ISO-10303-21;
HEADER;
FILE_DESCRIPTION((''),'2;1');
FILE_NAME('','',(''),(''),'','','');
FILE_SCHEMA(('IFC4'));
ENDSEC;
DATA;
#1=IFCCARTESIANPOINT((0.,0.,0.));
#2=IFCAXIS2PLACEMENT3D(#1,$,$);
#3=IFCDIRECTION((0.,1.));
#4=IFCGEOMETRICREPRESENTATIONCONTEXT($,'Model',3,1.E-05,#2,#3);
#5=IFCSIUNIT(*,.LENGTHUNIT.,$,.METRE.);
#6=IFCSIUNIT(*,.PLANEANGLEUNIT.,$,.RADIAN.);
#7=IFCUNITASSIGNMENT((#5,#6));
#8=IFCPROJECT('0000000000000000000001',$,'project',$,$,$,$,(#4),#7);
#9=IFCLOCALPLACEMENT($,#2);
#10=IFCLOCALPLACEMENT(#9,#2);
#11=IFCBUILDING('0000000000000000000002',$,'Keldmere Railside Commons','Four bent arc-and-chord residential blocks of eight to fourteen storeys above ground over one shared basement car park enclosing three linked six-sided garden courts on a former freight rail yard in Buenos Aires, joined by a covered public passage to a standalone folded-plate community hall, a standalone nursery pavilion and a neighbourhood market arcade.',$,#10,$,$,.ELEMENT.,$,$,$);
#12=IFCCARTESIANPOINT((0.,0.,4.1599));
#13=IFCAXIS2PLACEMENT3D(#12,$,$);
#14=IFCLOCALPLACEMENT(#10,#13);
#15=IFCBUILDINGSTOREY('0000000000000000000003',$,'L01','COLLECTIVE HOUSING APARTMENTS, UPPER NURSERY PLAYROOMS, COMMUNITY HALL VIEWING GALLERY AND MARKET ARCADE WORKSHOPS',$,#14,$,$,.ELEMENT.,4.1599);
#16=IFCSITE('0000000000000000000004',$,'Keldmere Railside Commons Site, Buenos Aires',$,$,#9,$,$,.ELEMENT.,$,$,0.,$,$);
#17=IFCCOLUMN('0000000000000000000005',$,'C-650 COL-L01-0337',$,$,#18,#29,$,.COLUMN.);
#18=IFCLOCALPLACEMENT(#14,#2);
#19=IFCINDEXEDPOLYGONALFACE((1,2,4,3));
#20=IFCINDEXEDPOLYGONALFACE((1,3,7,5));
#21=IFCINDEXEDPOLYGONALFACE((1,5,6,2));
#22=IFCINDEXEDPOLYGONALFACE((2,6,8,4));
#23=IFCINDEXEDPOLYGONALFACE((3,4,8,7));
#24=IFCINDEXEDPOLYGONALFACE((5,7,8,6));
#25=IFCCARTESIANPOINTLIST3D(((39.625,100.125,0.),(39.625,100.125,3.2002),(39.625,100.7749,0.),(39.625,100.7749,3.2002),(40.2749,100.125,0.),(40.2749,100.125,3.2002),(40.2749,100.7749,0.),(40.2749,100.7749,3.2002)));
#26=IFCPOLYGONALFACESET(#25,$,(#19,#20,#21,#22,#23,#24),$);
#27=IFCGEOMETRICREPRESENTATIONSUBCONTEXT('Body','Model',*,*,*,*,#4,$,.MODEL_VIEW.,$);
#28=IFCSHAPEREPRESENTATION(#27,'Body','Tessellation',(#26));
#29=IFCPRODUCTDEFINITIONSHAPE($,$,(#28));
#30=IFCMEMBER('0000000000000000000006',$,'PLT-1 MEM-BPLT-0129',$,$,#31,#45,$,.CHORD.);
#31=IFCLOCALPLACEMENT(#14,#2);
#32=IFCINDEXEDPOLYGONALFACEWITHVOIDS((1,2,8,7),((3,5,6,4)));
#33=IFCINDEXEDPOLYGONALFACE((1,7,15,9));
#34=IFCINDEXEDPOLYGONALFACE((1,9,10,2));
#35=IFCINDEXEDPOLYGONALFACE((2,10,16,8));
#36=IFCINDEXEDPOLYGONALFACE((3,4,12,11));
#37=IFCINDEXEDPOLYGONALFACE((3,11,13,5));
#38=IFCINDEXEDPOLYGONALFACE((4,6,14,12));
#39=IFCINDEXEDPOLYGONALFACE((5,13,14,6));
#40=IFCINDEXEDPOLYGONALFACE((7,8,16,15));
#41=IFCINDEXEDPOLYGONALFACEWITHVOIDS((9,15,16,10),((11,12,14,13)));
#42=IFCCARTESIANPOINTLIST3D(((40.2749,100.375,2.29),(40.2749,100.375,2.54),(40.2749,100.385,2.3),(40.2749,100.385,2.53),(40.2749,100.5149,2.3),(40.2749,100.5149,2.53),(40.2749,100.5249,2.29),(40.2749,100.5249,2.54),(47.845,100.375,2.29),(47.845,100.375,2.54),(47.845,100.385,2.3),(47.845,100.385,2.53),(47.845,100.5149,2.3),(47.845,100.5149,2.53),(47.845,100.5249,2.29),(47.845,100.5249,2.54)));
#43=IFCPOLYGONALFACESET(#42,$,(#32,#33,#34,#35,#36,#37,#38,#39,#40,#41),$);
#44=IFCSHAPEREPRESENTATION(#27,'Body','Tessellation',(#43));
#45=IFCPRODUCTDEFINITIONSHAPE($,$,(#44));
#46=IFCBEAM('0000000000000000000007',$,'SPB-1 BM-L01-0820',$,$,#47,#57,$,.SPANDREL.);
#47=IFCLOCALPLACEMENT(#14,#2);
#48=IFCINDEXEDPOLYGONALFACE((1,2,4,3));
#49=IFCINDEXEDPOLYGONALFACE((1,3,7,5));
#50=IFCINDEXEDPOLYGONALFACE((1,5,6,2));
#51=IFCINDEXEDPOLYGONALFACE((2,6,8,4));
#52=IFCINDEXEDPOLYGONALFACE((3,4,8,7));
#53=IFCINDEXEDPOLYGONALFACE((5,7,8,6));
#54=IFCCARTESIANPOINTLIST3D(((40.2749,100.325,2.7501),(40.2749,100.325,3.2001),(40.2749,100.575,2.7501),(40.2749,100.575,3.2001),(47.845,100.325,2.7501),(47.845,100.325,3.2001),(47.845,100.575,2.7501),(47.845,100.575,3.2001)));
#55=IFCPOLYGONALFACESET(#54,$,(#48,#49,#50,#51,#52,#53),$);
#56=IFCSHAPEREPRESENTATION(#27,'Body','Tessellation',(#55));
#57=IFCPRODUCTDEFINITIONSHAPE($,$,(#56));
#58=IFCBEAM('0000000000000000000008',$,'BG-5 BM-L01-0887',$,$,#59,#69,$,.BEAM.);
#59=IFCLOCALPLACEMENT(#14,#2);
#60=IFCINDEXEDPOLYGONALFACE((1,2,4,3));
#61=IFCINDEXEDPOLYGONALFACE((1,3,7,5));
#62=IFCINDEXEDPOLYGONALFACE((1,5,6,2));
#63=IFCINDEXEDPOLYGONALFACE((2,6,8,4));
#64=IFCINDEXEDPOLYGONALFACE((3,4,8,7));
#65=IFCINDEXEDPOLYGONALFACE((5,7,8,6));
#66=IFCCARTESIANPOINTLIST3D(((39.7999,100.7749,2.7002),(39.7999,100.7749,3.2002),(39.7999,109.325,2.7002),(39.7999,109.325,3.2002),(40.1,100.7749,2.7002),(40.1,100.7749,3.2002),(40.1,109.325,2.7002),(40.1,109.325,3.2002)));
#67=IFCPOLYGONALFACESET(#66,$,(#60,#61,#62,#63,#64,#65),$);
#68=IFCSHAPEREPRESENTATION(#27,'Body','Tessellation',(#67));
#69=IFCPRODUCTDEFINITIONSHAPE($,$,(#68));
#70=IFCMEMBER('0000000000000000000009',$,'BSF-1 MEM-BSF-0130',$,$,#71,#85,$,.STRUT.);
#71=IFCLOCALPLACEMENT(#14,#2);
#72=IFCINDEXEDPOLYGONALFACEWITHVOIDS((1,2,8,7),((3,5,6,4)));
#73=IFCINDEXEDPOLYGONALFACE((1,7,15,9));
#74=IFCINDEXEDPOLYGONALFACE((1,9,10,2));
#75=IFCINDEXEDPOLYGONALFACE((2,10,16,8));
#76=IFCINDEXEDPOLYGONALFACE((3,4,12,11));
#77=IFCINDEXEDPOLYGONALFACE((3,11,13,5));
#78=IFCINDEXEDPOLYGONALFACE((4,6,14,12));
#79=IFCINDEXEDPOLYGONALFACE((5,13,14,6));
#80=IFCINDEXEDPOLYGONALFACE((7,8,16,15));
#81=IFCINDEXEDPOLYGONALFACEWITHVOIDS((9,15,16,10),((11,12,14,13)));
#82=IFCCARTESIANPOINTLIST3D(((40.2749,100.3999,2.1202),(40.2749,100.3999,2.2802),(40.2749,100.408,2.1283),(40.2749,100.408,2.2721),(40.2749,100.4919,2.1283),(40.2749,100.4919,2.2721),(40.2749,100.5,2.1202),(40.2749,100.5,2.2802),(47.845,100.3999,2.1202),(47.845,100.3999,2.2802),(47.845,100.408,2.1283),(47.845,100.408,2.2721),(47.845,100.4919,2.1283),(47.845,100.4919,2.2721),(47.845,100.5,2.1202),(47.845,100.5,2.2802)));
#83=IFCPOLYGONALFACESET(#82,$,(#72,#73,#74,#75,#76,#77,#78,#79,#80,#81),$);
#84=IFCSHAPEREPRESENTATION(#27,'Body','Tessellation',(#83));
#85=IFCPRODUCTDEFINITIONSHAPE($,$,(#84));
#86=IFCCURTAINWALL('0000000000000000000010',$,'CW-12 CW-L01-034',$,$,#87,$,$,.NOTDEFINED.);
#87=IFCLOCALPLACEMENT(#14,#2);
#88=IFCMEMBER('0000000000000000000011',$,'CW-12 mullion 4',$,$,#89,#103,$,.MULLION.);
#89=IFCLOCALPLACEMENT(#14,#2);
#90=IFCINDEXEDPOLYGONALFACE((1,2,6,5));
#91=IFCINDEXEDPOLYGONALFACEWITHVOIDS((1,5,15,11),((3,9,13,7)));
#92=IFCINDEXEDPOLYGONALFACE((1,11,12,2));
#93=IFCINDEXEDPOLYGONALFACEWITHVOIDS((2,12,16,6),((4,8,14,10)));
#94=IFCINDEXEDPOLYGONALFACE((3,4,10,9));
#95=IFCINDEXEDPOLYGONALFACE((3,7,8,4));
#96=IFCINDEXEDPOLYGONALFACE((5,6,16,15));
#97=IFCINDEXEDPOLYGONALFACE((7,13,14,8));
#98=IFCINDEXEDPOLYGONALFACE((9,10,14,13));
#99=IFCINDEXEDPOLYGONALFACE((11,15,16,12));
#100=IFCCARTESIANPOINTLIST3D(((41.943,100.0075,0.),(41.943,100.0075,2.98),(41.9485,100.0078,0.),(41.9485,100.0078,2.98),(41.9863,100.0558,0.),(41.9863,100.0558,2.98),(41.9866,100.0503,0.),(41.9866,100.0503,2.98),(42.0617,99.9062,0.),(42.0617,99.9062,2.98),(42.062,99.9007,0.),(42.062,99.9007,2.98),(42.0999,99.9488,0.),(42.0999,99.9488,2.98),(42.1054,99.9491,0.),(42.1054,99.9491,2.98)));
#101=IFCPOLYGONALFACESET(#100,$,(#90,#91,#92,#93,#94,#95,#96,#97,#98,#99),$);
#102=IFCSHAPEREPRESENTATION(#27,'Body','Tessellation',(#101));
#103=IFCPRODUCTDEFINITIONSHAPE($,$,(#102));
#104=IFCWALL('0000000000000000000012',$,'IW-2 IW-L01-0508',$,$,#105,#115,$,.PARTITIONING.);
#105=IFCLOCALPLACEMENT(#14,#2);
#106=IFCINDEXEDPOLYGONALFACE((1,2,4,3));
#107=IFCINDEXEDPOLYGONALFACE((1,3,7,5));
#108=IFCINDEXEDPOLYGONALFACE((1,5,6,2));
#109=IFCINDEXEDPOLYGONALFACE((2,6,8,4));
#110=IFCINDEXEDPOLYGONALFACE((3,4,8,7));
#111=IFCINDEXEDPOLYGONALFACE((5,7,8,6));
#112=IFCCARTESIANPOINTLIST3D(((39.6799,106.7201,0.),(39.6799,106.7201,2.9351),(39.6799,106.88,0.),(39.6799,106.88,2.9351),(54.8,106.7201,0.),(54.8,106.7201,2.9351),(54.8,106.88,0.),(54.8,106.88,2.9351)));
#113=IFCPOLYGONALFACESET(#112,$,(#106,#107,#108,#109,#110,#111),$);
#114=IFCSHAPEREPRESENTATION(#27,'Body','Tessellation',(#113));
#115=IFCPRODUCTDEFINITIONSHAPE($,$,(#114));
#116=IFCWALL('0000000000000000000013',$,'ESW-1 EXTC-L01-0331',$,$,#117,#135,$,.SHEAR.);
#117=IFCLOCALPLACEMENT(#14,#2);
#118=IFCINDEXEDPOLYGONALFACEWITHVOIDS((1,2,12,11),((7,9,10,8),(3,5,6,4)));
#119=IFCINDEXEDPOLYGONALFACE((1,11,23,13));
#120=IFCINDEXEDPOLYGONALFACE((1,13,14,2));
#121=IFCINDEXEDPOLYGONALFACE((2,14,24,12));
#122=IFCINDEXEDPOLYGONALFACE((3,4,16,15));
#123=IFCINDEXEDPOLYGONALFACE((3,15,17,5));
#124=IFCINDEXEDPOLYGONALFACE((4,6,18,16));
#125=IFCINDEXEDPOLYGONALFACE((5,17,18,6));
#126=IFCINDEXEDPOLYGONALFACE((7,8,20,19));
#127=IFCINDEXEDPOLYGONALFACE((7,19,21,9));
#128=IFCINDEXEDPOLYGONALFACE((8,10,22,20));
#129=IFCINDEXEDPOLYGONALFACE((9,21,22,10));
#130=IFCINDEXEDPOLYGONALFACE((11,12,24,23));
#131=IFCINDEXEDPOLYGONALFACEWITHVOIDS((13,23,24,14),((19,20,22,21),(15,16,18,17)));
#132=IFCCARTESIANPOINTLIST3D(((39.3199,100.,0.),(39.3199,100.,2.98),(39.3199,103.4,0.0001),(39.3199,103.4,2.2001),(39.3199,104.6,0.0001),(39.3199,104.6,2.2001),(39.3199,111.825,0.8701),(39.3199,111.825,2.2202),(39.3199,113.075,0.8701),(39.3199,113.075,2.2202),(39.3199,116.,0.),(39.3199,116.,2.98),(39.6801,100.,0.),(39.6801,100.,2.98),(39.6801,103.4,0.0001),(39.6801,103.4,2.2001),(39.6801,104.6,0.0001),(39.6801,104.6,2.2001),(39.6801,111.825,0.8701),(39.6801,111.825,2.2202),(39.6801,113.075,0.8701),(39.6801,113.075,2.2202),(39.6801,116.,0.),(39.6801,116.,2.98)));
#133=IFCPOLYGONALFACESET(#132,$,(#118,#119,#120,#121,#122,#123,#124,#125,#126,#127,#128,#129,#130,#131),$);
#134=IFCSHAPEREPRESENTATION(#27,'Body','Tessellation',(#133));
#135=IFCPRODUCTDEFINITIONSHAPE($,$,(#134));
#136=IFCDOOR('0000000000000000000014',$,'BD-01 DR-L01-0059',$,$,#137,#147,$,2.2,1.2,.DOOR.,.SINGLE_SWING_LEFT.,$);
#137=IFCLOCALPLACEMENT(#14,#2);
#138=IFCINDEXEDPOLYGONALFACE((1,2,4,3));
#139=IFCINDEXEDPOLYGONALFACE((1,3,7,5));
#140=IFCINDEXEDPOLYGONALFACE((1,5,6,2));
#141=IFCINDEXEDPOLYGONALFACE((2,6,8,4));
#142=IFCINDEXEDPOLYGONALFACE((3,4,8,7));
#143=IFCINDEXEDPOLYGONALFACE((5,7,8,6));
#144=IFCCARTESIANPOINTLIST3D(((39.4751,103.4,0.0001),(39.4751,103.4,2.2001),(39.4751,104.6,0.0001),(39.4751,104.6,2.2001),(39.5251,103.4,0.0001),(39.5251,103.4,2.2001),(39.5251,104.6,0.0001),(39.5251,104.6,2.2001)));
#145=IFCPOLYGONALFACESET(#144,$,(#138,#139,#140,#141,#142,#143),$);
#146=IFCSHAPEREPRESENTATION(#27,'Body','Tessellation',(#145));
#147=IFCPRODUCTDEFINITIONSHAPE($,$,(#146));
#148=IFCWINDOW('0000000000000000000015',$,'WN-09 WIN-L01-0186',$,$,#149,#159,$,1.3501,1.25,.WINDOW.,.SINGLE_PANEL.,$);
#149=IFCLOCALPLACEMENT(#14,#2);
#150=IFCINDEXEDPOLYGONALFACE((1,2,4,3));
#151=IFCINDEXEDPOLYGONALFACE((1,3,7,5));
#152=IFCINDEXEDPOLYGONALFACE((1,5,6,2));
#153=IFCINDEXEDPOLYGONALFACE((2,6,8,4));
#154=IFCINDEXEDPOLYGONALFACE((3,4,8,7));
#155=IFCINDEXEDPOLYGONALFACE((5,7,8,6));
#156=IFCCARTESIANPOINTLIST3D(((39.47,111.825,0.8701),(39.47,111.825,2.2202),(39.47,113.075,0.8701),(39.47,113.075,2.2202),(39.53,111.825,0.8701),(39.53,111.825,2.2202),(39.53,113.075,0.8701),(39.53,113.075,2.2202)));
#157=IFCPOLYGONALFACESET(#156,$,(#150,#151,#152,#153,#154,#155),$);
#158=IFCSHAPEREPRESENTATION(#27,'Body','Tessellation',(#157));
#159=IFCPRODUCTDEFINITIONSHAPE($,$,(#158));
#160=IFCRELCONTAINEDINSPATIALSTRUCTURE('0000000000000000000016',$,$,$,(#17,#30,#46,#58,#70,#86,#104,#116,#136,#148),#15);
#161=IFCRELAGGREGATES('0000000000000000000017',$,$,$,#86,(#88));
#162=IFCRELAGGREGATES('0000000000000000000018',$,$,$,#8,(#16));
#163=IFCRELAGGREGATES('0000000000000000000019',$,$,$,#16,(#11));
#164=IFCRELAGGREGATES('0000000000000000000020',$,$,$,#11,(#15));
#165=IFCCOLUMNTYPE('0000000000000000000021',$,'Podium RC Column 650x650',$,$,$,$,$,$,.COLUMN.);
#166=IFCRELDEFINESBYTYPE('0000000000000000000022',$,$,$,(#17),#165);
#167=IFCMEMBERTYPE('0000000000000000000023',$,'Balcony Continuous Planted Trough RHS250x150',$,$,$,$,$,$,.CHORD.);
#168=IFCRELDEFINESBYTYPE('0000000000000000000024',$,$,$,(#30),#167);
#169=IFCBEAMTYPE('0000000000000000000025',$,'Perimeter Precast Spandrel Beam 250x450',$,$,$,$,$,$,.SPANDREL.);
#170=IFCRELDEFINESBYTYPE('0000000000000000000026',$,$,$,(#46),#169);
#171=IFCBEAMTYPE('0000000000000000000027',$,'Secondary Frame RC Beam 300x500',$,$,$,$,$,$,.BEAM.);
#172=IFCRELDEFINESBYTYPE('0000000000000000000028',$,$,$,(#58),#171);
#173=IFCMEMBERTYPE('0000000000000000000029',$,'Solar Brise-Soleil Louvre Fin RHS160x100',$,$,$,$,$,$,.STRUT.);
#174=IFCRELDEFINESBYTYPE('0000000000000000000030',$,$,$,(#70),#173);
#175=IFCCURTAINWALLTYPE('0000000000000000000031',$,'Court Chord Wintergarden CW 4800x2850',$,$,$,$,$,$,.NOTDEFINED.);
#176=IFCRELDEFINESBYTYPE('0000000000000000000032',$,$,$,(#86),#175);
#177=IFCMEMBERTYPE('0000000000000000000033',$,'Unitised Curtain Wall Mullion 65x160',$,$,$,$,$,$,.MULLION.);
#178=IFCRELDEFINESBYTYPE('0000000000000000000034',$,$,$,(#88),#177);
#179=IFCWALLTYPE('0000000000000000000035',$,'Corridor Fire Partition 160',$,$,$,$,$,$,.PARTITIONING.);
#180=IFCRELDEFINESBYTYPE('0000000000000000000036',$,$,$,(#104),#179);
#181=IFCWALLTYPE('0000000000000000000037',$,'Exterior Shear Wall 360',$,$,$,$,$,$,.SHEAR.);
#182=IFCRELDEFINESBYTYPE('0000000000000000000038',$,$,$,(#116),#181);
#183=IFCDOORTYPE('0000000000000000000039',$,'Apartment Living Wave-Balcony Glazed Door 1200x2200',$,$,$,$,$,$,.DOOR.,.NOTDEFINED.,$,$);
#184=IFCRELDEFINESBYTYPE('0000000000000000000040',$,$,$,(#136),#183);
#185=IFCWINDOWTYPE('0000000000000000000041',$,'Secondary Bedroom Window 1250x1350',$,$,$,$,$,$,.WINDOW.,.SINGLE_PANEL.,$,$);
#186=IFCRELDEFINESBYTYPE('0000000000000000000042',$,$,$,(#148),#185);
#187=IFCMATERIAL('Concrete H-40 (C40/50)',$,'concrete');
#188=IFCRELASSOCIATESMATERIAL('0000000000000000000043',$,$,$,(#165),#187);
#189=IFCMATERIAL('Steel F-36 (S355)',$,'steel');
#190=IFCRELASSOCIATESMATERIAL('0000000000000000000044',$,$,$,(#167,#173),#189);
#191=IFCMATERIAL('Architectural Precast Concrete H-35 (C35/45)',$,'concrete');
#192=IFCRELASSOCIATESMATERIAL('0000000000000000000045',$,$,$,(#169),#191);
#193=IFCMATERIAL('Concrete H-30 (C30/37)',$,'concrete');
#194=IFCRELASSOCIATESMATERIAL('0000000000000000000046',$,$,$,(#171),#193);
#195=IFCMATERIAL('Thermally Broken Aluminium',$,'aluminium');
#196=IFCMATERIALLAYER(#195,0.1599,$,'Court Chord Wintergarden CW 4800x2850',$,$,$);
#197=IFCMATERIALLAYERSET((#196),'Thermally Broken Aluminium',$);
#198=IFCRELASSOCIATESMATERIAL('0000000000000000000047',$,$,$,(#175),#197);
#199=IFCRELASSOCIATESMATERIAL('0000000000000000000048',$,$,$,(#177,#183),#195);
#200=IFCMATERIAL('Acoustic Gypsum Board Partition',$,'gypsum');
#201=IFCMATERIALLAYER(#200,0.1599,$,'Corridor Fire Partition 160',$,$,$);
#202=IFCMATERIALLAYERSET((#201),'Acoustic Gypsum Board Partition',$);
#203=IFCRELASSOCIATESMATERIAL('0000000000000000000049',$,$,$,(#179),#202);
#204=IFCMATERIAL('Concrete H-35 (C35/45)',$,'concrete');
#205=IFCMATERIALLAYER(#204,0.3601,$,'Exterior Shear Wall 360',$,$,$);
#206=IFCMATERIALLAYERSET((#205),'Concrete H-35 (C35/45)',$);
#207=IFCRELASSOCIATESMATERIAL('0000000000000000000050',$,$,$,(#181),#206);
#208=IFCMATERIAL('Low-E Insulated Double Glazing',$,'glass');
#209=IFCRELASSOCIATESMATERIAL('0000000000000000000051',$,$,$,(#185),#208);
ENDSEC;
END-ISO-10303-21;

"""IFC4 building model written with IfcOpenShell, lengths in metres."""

from ifc_helpers import new_model, si_unit, direction, frame, frame_2d, origin, origin_2d, place, context, subcontext, project, spatial, rectangle, hollow_rectangle, extrude, material, layer, layer_set, material_profile, profile_set, type_object, element, fill, aggregate, save


model = new_model("IFC4")

# Units and contexts
model_context = context("Model", 3, precision=1e-05, world=origin(), true_north=direction((0.0, 1.0)))
body_context = subcontext(model_context, "Body", "Model", "MODEL_VIEW")
ifc_project = project(units=[si_unit("LENGTHUNIT", "METRE"), si_unit("PLANEANGLEUNIT", "RADIAN")], contexts=[model_context])

# Site, building, storey
site_placement = place(None, origin())
site = spatial("IfcSite", under=ifc_project, at=site_placement, Name="Keldmere Railside Commons Site, Buenos Aires", CompositionType="ELEMENT", RefElevation=0.0)
building_placement = place(site_placement, origin())
building = spatial("IfcBuilding", under=site, at=building_placement, Name="Keldmere Railside Commons", Description="Four bent arc-and-chord residential blocks of eight to fourteen storeys above ground over one shared basement car park enclosing three linked six-sided garden courts on a former freight rail yard in Buenos Aires, joined by a covered public passage to a standalone folded-plate community hall, a standalone nursery pavilion and a neighbourhood market arcade.", CompositionType="ELEMENT")
storey_placement = place(building_placement, frame((0.0, 0.0, 4.1599)))
storey = spatial("IfcBuildingStorey", under=building, at=storey_placement, Name="L01", Description="COLLECTIVE HOUSING APARTMENTS, UPPER NURSERY PLAYROOMS, COMMUNITY HALL VIEWING GALLERY AND MARKET ARCADE WORKSHOPS", CompositionType="ELEMENT", Elevation=4.1599)

# Column
ifc_material_1 = material(Name="Concrete H-40 (C40/50)", Category="concrete")
ifc_material_profile_1 = material_profile(ifc_material_1, rectangle(XDim=0.6499, YDim=0.6499, at=origin_2d()), Name="RC-650x650")
ifc_profile_set_1 = profile_set([ifc_material_profile_1], Name="Concrete H-40 (C40/50)")
column_type = type_object("IfcColumnType", Name="Podium RC Column 650x650", PredefinedType="COLUMN", material=ifc_profile_set_1)
column_placement = place(storey_placement, frame((39.95, 100.45, 0.0), z_axis=(0.0, 0.0, 1.0), x_axis=(1.0, 0.0, 0.0)))
element("IfcColumn", 1, at=column_placement, inside=storey, type_object=column_type, Name="C-650 COL-L01-0337", PredefinedType="COLUMN", context=body_context, shape_type="SweptSolid", body=[
    extrude(rectangle(XDim=0.6499, YDim=0.6499, at=origin_2d()), origin(), (0.0, 0.0, 1.0), 3.2002),
])

# Member
ifc_material_2 = material(Name="Steel F-36 (S355)", Category="steel")
ifc_material_profile_2 = material_profile(ifc_material_2, hollow_rectangle(XDim=0.1499, YDim=0.25, WallThickness=0.01, at=origin_2d()), Name="RHS-250x150x10")
ifc_profile_set_2 = profile_set([ifc_material_profile_2], Name="Steel F-36 (S355)")
member_type_1 = type_object("IfcMemberType", Name="Balcony Continuous Planted Trough RHS250x150", PredefinedType="CHORD", material=ifc_profile_set_2)
member_1_placement = place(storey_placement, frame((40.2749, 100.45, 2.415), z_axis=(1.0, 0.0, 0.0), x_axis=(0.0, 1.0, 0.0)))
element("IfcMember", 2, at=member_1_placement, inside=storey, type_object=member_type_1, Name="PLT-1 MEM-BPLT-0129", PredefinedType="CHORD", context=body_context, shape_type="SweptSolid", body=[
    extrude(hollow_rectangle(XDim=0.1499, YDim=0.25, WallThickness=0.01, at=origin_2d()), origin(), (0.0, 0.0, 1.0), 7.5701),
])

# Beams
ifc_material_3 = material(Name="Architectural Precast Concrete H-35 (C35/45)", Category="concrete")
ifc_material_profile_3 = material_profile(ifc_material_3, rectangle(XDim=0.25, YDim=0.45, at=origin_2d()), Name="RC-250x450")
ifc_profile_set_3 = profile_set([ifc_material_profile_3], Name="Architectural Precast Concrete H-35 (C35/45)")
beam_type_1 = type_object("IfcBeamType", Name="Perimeter Precast Spandrel Beam 250x450", PredefinedType="SPANDREL", material=ifc_profile_set_3)
beam_1_placement = place(storey_placement, frame((40.2749, 100.45, 2.9751), z_axis=(1.0, 0.0, 0.0), x_axis=(0.0, 1.0, 0.0)))
element("IfcBeam", 3, at=beam_1_placement, inside=storey, type_object=beam_type_1, Name="SPB-1 BM-L01-0820", PredefinedType="SPANDREL", context=body_context, shape_type="SweptSolid", body=[
    extrude(rectangle(XDim=0.25, YDim=0.45, at=origin_2d()), origin(), (0.0, 0.0, 1.0), 7.5701),
])
ifc_material_4 = material(Name="Concrete H-30 (C30/37)", Category="concrete")
ifc_material_profile_4 = material_profile(ifc_material_4, rectangle(XDim=0.3, YDim=0.5, at=origin_2d()), Name="RC-300x500")
ifc_profile_set_4 = profile_set([ifc_material_profile_4], Name="Concrete H-30 (C30/37)")
beam_type_2 = type_object("IfcBeamType", Name="Secondary Frame RC Beam 300x500", PredefinedType="BEAM", material=ifc_profile_set_4)
beam_2_placement = place(storey_placement, frame((39.95, 100.7749, 2.9502), z_axis=(0.0, 1.0, 0.0), x_axis=(-1.0, 0.0, 0.0)))
element("IfcBeam", 4, at=beam_2_placement, inside=storey, type_object=beam_type_2, Name="BG-5 BM-L01-0887", PredefinedType="BEAM", context=body_context, shape_type="SweptSolid", body=[
    extrude(rectangle(XDim=0.3, YDim=0.5, at=origin_2d()), origin(), (0.0, 0.0, 1.0), 8.55),
])

# Member
ifc_material_profile_5 = material_profile(ifc_material_2, hollow_rectangle(XDim=0.1001, YDim=0.1599, WallThickness=0.0081, at=origin_2d()), Name="RHS-160x100x8")
ifc_profile_set_5 = profile_set([ifc_material_profile_5], Name="Steel F-36 (S355)")
member_type_2 = type_object("IfcMemberType", Name="Solar Brise-Soleil Louvre Fin RHS160x100", PredefinedType="STRUT", material=ifc_profile_set_5)
member_2_placement = place(storey_placement, frame((40.2749, 100.45, 2.2002), z_axis=(1.0, 0.0, 0.0), x_axis=(0.0, 1.0, 0.0)))
element("IfcMember", 5, at=member_2_placement, inside=storey, type_object=member_type_2, Name="BSF-1 MEM-BSF-0130", PredefinedType="STRUT", context=body_context, shape_type="SweptSolid", body=[
    extrude(hollow_rectangle(XDim=0.1001, YDim=0.1599, WallThickness=0.0081, at=origin_2d()), origin(), (0.0, 0.0, 1.0), 7.5701),
])

# Curtain wall, member
ifc_material_5 = material(Name="Thermally Broken Aluminium", Category="aluminium")
ifc_layer_1 = layer(ifc_material_5, 0.1599, Name="Court Chord Wintergarden CW 4800x2850")
ifc_layer_set_1 = layer_set([ifc_layer_1], Name="Thermally Broken Aluminium")
curtain_wall_type = type_object("IfcCurtainWallType", Name="Court Chord Wintergarden CW 4800x2850", PredefinedType="NOTDEFINED", material=ifc_layer_set_1)
curtain_wall_placement = place(storey_placement, origin())
curtain_wall = element("IfcCurtainWall", 6, at=curtain_wall_placement, inside=storey, type_object=curtain_wall_type, Name="CW-12 CW-L01-034", PredefinedType="NOTDEFINED")
ifc_material_profile_6 = material_profile(ifc_material_5, hollow_rectangle(XDim=0.0649, YDim=0.1599, WallThickness=0.0039, at=origin_2d()), Name="ALU-MULL-65x160")
ifc_profile_set_6 = profile_set([ifc_material_profile_6], Name="Thermally Broken Aluminium")
member_type_3 = type_object("IfcMemberType", Name="Unitised Curtain Wall Mullion 65x160", PredefinedType="MULLION", material=ifc_profile_set_6)
member_3_placement = place(storey_placement, frame((42.0242, 99.9783, 0.0), z_axis=(0.0, 0.0, 1.0), x_axis=(-0.667559, -0.744557, 0.0)))
member_3 = element("IfcMember", 7, at=member_3_placement, type_object=member_type_3, Name="CW-12 mullion 4", PredefinedType="MULLION", context=body_context, shape_type="SweptSolid", body=[
    extrude(hollow_rectangle(XDim=0.0649, YDim=0.1599, WallThickness=0.0039, at=origin_2d()), origin(), (0.0, 0.0, 1.0), 2.98),
])
aggregate(curtain_wall, [member_3])

# Wall
ifc_material_6 = material(Name="Acoustic Gypsum Board Partition", Category="gypsum")
ifc_layer_2 = layer(ifc_material_6, 0.1599, Name="Corridor Fire Partition 160")
ifc_layer_set_2 = layer_set([ifc_layer_2], Name="Acoustic Gypsum Board Partition")
wall_type_1 = type_object("IfcWallType", Name="Corridor Fire Partition 160", PredefinedType="PARTITIONING", material=ifc_layer_set_2)
wall_1_placement = place(storey_placement, frame((39.6799, 106.8, 0.0), z_axis=(0.0, 0.0, 1.0), x_axis=(1.0, 0.0, 0.0)))
element("IfcWall", 8, at=wall_1_placement, inside=storey, type_object=wall_type_1, Name="IW-2 IW-L01-0508", PredefinedType="PARTITIONING", context=body_context, shape_type="SweptSolid", body=[
    extrude(rectangle(XDim=15.1201, YDim=0.1599, at=frame_2d((7.5601, 0.0))), origin(), (0.0, 0.0, 1.0), 2.9351),
])

# Wall, openings, door, window
ifc_material_7 = material(Name="Concrete H-35 (C35/45)", Category="concrete")
ifc_layer_3 = layer(ifc_material_7, 0.3601, Name="Exterior Shear Wall 360")
ifc_layer_set_3 = layer_set([ifc_layer_3], Name="Concrete H-35 (C35/45)")
wall_type_2 = type_object("IfcWallType", Name="Exterior Shear Wall 360", PredefinedType="SHEAR", material=ifc_layer_set_3)
wall_2_placement = place(storey_placement, frame((39.5, 100.0, 0.0), z_axis=(0.0, 0.0, 1.0), x_axis=(0.0, 1.0, 0.0)))
wall_2 = element("IfcWall", 9, at=wall_2_placement, inside=storey, type_object=wall_type_2, Name="ESW-1 EXTC-L01-0331", PredefinedType="SHEAR", context=body_context, shape_type="SweptSolid", body=[
    extrude(rectangle(XDim=16.0, YDim=0.3601, at=frame_2d((8.0, 0.0))), origin(), (0.0, 0.0, 1.0), 2.98),
])
opening_1_placement = place(wall_2_placement, frame((3.3999, 0.0, 0.0)))
opening_1 = element("IfcOpeningElement", 10, at=opening_1_placement, cuts=wall_2, PredefinedType="OPENING", context=body_context, shape_type="SweptSolid", body=[
    extrude(rectangle(XDim=1.2, YDim=2.2, at=frame_2d((0.6001, 1.1001))), frame((0.0, 0.1899, 0.0), z_axis=(0.0, -1.0, 0.0), x_axis=(1.0, 0.0, 0.0)), (0.0, 0.0, 1.0), 0.3801),
])
opening_2_placement = place(wall_2_placement, frame((11.825, 0.0, 0.8701)))
opening_2 = element("IfcOpeningElement", 11, at=opening_2_placement, cuts=wall_2, PredefinedType="OPENING", context=body_context, shape_type="SweptSolid", body=[
    extrude(rectangle(XDim=1.25, YDim=1.3501, at=frame_2d((0.625, 0.675))), frame((0.0, 0.1899, 0.0), z_axis=(0.0, -1.0, 0.0), x_axis=(1.0, 0.0, 0.0)), (0.0, 0.0, 1.0), 0.3801),
])
door_type = type_object("IfcDoorType", Name="Apartment Living Wave-Balcony Glazed Door 1200x2200", OperationType="NOTDEFINED", PredefinedType="DOOR", material=ifc_material_5)
door_placement = place(opening_1_placement, origin())
door = element("IfcDoor", 12, at=door_placement, inside=storey, type_object=door_type, Name="BD-01 DR-L01-0059", OperationType="SINGLE_SWING_LEFT", OverallHeight=2.2, OverallWidth=1.2, PredefinedType="DOOR", context=body_context, shape_type="SweptSolid", body=[
    extrude(rectangle(XDim=1.2, YDim=2.2, at=frame_2d((0.6001, 1.1001))), frame((0.0, 0.0249, 0.0), z_axis=(0.0, -1.0, 0.0), x_axis=(1.0, 0.0, 0.0)), (0.0, 0.0, 1.0), 0.05),
])
fill(opening_1, door)
ifc_material_8 = material(Name="Low-E Insulated Double Glazing", Category="glass")
window_type_1 = type_object("IfcWindowType", Name="Secondary Bedroom Window 1250x1350", PartitioningType="SINGLE_PANEL", PredefinedType="WINDOW", material=ifc_material_8)
window_1_placement = place(opening_2_placement, origin())
window_1 = element("IfcWindow", 13, at=window_1_placement, inside=storey, type_object=window_type_1, Name="WN-09 WIN-L01-0186", OverallHeight=1.3501, OverallWidth=1.25, PartitioningType="SINGLE_PANEL", PredefinedType="WINDOW", context=body_context, shape_type="SweptSolid", body=[
    extrude(rectangle(XDim=1.25, YDim=1.3501, at=frame_2d((0.625, 0.675))), frame((0.0, 0.03, 0.0), z_axis=(0.0, -1.0, 0.0), x_axis=(1.0, 0.0, 0.0)), (0.0, 0.0, 1.0), 0.0601),
])
fill(opening_2, window_1)

save(model, "model.ifc")
